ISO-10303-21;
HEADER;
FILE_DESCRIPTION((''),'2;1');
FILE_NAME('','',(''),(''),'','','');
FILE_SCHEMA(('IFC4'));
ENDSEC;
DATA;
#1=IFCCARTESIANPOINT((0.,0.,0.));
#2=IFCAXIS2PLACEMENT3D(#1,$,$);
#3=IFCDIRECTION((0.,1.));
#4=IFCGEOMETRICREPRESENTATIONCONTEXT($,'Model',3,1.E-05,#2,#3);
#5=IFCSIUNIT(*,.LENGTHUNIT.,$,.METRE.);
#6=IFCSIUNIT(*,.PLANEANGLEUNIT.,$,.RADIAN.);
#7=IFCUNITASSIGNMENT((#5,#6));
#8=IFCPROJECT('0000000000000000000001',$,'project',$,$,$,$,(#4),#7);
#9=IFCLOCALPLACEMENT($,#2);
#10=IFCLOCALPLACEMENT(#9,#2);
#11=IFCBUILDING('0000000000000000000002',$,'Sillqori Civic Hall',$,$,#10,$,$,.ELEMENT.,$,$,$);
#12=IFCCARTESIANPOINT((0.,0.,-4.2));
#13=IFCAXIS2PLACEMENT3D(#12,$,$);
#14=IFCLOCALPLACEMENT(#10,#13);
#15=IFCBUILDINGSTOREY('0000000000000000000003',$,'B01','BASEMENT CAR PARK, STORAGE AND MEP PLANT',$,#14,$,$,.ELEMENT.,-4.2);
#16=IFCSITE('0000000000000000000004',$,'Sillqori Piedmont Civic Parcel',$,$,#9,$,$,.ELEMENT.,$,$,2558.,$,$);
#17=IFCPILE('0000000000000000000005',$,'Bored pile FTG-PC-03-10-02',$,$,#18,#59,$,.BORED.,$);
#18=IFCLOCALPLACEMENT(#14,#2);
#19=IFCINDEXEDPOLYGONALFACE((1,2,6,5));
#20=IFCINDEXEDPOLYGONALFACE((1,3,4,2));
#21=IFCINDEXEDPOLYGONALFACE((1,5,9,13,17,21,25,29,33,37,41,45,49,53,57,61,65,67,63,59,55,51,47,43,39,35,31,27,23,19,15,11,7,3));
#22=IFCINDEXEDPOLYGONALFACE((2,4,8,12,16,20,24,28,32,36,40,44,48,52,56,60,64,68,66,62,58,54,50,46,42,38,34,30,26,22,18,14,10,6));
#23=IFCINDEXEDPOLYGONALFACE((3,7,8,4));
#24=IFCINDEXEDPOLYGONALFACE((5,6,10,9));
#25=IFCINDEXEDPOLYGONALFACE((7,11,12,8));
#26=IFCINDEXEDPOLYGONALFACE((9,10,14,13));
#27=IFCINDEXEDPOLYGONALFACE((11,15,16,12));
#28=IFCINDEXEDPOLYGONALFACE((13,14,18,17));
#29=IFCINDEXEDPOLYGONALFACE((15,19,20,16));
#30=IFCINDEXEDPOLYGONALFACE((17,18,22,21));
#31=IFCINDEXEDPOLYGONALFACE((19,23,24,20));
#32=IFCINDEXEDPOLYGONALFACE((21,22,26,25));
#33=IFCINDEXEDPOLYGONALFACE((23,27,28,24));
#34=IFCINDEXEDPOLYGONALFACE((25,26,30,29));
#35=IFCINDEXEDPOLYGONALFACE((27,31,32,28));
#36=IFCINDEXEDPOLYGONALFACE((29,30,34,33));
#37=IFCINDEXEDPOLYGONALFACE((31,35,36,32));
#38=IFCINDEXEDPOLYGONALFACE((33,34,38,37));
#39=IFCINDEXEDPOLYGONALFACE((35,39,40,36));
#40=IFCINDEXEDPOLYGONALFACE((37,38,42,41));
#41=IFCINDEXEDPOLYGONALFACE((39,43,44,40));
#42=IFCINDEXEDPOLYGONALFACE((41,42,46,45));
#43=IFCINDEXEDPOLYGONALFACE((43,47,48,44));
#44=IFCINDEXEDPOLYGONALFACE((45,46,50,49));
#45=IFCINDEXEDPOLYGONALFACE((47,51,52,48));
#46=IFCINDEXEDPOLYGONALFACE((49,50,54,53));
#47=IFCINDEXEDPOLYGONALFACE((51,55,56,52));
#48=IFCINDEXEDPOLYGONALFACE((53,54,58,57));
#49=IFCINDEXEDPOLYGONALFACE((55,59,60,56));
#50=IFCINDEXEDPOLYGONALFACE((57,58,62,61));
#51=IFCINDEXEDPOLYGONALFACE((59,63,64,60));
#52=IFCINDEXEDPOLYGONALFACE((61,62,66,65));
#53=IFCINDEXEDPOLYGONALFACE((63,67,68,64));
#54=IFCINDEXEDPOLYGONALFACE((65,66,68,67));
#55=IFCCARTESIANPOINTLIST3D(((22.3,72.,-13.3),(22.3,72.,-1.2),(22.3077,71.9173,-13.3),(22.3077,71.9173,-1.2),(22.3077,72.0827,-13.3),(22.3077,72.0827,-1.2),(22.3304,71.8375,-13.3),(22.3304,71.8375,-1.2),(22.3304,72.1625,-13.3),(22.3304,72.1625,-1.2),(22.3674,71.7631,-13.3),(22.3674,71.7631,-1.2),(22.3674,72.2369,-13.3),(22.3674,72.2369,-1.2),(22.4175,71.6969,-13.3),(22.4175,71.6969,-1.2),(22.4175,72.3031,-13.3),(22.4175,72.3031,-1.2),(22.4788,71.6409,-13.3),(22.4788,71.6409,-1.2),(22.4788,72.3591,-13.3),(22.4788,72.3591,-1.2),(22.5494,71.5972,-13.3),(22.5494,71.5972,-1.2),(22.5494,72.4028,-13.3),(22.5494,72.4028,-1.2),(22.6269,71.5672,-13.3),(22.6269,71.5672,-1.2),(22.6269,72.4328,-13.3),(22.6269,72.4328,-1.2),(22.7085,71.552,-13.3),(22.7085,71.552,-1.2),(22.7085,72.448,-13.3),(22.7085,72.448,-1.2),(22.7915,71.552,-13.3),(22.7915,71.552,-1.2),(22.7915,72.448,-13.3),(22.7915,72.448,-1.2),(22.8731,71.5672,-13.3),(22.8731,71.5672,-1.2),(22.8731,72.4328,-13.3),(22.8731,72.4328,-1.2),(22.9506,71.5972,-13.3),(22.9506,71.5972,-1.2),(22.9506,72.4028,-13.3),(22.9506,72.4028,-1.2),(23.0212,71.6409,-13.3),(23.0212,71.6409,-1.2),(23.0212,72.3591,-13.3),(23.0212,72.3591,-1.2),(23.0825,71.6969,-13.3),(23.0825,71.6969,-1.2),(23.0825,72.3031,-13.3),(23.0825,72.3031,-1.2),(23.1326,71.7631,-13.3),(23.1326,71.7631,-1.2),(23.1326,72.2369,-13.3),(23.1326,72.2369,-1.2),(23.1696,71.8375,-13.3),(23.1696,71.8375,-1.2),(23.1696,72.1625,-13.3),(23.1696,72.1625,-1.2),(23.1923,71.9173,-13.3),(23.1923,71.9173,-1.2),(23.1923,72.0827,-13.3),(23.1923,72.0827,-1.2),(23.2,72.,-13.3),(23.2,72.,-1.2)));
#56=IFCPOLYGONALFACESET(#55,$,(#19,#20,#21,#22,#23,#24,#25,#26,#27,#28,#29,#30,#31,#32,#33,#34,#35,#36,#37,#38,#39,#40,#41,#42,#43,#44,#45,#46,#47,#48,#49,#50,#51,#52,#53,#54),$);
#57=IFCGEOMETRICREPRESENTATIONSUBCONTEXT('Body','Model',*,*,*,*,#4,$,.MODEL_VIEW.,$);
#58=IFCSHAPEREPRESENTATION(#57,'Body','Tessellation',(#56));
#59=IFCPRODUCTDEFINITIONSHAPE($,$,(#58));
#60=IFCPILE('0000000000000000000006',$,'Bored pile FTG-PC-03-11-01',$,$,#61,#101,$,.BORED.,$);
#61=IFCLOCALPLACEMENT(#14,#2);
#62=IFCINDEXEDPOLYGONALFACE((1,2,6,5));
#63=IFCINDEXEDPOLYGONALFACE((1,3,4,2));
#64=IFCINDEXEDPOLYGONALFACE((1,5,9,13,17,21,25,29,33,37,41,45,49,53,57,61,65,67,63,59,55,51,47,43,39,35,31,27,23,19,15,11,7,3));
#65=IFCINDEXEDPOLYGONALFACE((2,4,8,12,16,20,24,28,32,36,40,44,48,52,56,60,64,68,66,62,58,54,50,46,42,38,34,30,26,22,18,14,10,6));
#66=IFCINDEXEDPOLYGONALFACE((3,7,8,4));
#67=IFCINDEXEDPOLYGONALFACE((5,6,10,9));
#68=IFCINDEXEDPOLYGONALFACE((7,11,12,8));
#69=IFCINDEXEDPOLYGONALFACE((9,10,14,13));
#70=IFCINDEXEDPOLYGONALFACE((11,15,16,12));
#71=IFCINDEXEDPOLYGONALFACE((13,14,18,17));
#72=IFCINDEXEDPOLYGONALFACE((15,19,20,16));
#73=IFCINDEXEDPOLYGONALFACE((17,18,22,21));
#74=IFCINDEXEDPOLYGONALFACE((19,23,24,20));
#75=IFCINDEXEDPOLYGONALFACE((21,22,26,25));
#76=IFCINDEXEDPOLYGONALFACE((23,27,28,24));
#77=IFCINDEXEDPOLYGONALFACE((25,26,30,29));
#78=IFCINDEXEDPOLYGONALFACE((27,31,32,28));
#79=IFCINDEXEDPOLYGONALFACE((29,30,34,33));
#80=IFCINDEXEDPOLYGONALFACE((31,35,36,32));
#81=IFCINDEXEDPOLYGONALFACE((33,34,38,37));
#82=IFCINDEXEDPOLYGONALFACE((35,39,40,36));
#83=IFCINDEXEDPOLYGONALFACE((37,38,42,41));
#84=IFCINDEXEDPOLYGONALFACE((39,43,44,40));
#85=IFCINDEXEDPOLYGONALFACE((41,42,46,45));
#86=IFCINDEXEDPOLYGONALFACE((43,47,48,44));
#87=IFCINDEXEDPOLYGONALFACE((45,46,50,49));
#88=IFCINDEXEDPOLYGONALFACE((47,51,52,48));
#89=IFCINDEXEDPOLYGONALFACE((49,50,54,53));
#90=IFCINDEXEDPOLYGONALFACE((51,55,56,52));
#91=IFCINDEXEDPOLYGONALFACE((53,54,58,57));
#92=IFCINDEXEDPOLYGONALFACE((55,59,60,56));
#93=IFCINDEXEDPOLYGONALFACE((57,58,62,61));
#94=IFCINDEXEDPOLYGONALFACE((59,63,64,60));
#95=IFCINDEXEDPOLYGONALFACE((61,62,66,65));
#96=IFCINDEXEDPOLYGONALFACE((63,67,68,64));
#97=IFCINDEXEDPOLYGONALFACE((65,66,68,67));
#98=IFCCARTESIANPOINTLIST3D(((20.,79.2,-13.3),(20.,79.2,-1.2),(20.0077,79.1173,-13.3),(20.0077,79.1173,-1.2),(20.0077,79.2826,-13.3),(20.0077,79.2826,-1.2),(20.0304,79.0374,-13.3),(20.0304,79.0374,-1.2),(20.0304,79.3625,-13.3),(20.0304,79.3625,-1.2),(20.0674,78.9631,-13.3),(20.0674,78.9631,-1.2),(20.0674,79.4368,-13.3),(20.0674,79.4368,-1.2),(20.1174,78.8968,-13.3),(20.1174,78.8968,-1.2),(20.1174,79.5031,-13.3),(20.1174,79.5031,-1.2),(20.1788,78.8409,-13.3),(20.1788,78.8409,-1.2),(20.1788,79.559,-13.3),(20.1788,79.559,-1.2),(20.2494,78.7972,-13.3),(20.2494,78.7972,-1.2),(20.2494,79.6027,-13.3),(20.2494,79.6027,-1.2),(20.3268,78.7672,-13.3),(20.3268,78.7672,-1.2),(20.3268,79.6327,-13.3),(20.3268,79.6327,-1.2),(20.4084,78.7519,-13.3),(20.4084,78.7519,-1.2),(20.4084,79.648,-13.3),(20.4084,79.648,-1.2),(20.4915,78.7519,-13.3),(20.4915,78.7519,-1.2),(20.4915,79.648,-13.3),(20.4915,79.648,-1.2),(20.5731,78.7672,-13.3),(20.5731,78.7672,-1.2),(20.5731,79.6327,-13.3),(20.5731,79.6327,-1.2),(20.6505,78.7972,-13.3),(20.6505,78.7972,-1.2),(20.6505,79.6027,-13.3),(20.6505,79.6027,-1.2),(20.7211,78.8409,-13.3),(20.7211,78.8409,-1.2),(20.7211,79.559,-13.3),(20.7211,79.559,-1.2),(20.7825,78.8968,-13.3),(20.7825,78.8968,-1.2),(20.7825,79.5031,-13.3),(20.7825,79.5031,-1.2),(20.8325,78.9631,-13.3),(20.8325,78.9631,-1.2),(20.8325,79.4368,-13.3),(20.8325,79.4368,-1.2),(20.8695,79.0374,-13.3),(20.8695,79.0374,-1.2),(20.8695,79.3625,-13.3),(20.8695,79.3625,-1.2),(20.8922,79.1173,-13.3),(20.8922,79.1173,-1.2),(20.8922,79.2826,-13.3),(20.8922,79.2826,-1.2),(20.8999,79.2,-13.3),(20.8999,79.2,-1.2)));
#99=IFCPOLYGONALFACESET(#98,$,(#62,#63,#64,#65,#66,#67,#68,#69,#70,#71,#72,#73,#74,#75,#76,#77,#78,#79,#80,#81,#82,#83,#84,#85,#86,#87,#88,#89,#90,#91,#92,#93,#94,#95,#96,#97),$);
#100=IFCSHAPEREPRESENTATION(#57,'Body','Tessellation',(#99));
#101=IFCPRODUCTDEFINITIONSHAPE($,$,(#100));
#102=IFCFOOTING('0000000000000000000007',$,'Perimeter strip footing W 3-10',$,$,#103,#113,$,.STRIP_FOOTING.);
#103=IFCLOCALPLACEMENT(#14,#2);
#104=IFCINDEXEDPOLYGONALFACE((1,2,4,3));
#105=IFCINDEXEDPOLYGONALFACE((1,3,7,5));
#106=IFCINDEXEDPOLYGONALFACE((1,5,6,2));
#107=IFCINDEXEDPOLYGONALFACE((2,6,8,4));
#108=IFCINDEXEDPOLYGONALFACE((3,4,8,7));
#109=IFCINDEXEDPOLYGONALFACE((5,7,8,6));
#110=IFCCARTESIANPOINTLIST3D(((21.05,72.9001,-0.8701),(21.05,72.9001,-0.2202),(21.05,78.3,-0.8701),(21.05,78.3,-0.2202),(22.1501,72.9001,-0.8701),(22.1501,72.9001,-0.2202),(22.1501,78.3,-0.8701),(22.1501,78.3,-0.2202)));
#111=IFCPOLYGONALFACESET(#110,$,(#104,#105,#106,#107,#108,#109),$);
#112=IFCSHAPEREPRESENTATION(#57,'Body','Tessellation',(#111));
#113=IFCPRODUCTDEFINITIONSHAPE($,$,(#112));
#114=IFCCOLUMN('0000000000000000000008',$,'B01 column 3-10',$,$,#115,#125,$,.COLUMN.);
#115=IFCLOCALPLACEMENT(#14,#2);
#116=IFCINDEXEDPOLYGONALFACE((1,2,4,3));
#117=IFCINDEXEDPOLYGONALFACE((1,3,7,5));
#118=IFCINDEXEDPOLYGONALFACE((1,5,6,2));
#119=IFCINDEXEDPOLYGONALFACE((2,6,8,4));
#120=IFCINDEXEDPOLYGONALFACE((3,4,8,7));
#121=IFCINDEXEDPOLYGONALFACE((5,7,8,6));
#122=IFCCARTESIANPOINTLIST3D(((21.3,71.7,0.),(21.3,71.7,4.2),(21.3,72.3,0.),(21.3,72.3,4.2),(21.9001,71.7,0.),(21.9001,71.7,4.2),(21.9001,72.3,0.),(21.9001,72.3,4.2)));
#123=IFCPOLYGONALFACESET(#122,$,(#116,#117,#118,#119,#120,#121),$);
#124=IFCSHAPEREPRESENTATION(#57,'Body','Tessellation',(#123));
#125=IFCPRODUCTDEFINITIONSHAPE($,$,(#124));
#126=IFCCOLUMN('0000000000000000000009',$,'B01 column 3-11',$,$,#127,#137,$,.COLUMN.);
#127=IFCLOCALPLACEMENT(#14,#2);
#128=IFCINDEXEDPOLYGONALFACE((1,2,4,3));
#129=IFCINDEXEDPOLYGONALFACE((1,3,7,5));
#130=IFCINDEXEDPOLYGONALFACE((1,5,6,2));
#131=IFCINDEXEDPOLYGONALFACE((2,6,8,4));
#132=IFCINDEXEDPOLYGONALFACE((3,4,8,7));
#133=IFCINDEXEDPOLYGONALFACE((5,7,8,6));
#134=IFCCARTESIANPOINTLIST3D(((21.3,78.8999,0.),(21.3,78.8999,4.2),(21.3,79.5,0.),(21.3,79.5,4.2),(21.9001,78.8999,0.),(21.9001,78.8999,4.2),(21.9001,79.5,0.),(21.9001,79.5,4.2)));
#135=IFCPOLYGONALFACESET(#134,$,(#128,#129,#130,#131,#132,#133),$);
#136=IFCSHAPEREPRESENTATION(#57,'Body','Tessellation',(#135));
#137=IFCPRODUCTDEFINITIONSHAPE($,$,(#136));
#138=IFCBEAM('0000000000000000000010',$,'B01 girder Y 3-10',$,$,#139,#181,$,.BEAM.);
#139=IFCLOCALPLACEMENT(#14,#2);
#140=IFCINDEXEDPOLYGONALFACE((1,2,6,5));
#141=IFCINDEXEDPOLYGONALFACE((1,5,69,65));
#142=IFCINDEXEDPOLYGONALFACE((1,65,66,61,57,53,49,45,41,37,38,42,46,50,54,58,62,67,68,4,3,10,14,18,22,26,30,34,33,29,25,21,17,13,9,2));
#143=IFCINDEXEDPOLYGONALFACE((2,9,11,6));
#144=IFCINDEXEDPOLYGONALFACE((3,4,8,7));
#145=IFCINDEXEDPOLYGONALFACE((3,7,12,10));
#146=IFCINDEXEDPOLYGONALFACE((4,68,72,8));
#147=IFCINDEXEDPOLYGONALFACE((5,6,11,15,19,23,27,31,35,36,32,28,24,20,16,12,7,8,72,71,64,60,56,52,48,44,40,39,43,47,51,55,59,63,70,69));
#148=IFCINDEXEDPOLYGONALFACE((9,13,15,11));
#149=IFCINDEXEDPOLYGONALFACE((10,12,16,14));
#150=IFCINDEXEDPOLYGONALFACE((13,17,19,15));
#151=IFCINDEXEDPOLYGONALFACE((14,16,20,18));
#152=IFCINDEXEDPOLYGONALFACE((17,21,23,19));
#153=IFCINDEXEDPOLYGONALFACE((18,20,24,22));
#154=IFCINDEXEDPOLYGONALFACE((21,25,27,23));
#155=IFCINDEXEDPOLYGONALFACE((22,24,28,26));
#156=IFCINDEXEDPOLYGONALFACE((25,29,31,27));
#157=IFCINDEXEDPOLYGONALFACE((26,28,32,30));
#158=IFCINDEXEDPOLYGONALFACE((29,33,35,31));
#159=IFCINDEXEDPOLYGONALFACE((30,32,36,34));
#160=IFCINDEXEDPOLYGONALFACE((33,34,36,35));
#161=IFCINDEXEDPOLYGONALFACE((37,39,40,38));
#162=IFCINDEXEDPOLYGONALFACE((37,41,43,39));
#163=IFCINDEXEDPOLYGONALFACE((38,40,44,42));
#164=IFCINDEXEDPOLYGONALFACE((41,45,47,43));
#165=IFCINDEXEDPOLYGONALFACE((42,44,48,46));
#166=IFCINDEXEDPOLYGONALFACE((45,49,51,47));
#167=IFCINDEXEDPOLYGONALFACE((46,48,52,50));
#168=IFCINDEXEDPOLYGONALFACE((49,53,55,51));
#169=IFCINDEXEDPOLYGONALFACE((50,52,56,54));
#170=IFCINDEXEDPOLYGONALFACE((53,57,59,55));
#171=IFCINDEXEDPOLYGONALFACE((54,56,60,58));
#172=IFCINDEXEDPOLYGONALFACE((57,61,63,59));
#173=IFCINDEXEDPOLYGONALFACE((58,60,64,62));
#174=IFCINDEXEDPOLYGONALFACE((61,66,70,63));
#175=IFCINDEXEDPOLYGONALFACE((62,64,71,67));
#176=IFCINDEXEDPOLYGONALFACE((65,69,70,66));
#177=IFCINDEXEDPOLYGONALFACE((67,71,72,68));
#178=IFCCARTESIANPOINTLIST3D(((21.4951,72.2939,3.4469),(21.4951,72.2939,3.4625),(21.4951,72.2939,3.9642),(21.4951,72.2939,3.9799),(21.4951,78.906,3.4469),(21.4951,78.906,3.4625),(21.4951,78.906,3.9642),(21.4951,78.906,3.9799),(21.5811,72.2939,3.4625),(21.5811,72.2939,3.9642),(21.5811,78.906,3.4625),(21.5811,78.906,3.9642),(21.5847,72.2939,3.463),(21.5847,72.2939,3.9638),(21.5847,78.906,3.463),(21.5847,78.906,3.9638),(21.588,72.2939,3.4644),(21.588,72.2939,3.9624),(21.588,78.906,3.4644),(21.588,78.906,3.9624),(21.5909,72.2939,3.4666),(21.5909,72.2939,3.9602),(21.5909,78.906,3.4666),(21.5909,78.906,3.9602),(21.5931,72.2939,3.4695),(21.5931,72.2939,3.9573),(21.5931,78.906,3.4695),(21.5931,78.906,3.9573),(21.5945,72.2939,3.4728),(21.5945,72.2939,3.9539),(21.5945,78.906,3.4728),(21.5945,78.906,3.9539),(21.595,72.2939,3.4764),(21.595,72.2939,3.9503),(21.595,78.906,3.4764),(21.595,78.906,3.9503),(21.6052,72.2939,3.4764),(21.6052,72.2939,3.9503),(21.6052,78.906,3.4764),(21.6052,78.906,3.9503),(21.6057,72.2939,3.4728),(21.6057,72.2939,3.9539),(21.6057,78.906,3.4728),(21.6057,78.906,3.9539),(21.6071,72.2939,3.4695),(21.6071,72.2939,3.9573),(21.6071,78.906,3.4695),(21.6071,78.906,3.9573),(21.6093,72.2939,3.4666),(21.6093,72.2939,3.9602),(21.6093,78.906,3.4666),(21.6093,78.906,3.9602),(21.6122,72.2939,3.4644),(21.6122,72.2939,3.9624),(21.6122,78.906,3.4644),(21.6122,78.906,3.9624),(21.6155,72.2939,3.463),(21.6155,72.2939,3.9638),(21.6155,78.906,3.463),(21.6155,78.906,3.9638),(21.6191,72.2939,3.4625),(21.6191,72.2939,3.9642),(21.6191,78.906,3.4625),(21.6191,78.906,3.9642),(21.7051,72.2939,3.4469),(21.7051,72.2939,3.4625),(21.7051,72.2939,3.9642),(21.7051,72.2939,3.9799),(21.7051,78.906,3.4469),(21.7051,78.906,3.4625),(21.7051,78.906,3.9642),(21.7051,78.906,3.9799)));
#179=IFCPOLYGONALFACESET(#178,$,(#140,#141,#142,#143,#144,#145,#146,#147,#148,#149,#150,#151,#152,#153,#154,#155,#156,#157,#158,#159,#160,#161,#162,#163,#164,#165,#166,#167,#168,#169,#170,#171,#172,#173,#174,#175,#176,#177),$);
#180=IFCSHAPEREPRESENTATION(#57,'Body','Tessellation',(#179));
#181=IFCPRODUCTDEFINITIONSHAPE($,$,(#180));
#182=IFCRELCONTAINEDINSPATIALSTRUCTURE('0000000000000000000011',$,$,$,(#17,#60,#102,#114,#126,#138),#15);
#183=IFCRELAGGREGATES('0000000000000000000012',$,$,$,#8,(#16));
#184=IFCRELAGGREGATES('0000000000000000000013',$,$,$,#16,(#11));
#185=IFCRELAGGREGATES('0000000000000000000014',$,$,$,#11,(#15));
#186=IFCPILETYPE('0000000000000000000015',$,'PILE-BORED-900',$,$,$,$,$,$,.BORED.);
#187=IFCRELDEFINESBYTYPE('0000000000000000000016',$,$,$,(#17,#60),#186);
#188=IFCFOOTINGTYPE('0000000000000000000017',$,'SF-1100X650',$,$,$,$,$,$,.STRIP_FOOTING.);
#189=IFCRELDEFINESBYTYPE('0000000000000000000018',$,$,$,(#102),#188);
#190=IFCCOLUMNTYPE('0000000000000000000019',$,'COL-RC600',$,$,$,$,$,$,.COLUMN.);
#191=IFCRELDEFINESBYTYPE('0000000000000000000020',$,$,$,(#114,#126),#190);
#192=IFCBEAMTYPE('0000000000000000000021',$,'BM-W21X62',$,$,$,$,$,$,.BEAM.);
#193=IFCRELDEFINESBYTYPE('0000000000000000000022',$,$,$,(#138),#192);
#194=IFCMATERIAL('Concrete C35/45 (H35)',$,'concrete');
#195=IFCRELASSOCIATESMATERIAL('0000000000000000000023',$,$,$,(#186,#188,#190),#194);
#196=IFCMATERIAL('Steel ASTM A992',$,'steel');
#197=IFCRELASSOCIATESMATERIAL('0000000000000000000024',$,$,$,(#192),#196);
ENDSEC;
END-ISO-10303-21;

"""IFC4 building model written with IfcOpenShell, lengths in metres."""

from ifc_helpers import new_model, si_unit, direction, frame, origin, origin_2d, place, context, subcontext, project, spatial, rectangle, circle, i_section, extrude, material, material_profile, profile_set, type_object, element, save


model = new_model("IFC4")

# Units and contexts
model_context = context("Model", 3, precision=1e-05, world=origin(), true_north=direction((0.0, 1.0)))
body_context = subcontext(model_context, "Body", "Model", "MODEL_VIEW")
ifc_project = project(units=[si_unit("LENGTHUNIT", "METRE"), si_unit("PLANEANGLEUNIT", "RADIAN")], contexts=[model_context])

# Site, building, storey
site_placement = place(None, origin())
site = spatial("IfcSite", under=ifc_project, at=site_placement, Name="Sillqori Piedmont Civic Parcel", CompositionType="ELEMENT", RefElevation=2558.0)
building_placement = place(site_placement, origin())
building = spatial("IfcBuilding", under=site, at=building_placement, Name="Sillqori Civic Hall", CompositionType="ELEMENT")
storey_placement = place(building_placement, frame((0.0, 0.0, -4.2)))
storey = spatial("IfcBuildingStorey", under=building, at=storey_placement, Name="B01", Description="BASEMENT CAR PARK, STORAGE AND MEP PLANT", CompositionType="ELEMENT", Elevation=-4.2)

# Shared definitions
ifc_material_1 = material(Name="Concrete C35/45 (H35)", Category="concrete")

# Piles
ifc_material_profile_1 = material_profile(ifc_material_1, circle(Radius=0.45, at=origin_2d()), Name="BORED PILE 900")
ifc_profile_set_1 = profile_set([ifc_material_profile_1], Name="Concrete C35/45 (H35)")
pile_type = type_object("IfcPileType", Name="PILE-BORED-900", PredefinedType="BORED", material=ifc_profile_set_1)
for number, where, z_axis, x_axis, name in (
    (1, (22.75, 72.0, -1.2), (0.0, 0.0, -1.0), (1.0, 0.0, 0.0), "Bored pile FTG-PC-03-10-02"),
    (2, (20.45, 79.2, -1.2), (0.0, 0.0, -1.0), (1.0, 0.0, 0.0), "Bored pile FTG-PC-03-11-01"),
):
    element("IfcPile", number, at=place(storey_placement, frame(where, z_axis=z_axis, x_axis=x_axis)), inside=storey, type_object=pile_type, Name=name, PredefinedType="BORED", context=body_context, shape_type="SweptSolid", body=[
        extrude(circle(Radius=0.45, at=origin_2d()), origin(), (0.0, 0.0, 1.0), 12.1001),
    ])

# Footing
footing_type_1 = type_object("IfcFootingType", Name="SF-1100X650", PredefinedType="STRIP_FOOTING", material=ifc_material_1)
footing_placement = place(storey_placement, frame((21.6001, 75.6001, -0.8701), z_axis=(0.0, 0.0, 1.0), x_axis=(1.0, 0.0, 0.0)))
element("IfcFooting", 3, at=footing_placement, inside=storey, type_object=footing_type_1, Name="Perimeter strip footing W 3-10", PredefinedType="STRIP_FOOTING", context=body_context, shape_type="SweptSolid", body=[
    extrude(rectangle(XDim=1.1001, YDim=5.3999, at=origin_2d()), origin(), (0.0, 0.0, 1.0), 0.6499),
])

# Columns
ifc_material_profile_2 = material_profile(ifc_material_1, rectangle(XDim=0.6001, YDim=0.6001, at=origin_2d()), Name="RC 600x600")
ifc_profile_set_2 = profile_set([ifc_material_profile_2], Name="Concrete C35/45 (H35)")
column_type = type_object("IfcColumnType", Name="COL-RC600", PredefinedType="COLUMN", material=ifc_profile_set_2)
for number, where, z_axis, x_axis, name in (
    (4, (21.6001, 72.0, 0.0), (0.0, 0.0, 1.0), (1.0, 0.0, 0.0), "B01 column 3-10"),
    (5, (21.6001, 79.2, 0.0), (0.0, 0.0, 1.0), (1.0, 0.0, 0.0), "B01 column 3-11"),
):
    element("IfcColumn", number, at=place(storey_placement, frame(where, z_axis=z_axis, x_axis=x_axis)), inside=storey, type_object=column_type, Name=name, PredefinedType="COLUMN", context=body_context, shape_type="SweptSolid", body=[
        extrude(rectangle(XDim=0.6001, YDim=0.6001, at=origin_2d()), origin(), (0.0, 0.0, 1.0), 4.2),
    ])

# Beam
ifc_material_2 = material(Name="Steel ASTM A992", Category="steel")
ifc_material_profile_3 = material_profile(ifc_material_2, i_section(OverallWidth=0.21, OverallDepth=0.533, WebThickness=0.0103, FlangeThickness=0.0156, FilletRadius=0.0139, at=origin_2d()), Name="W21X62")
ifc_profile_set_3 = profile_set([ifc_material_profile_3], Name="Steel ASTM A992")
beam_type_1 = type_object("IfcBeamType", Name="BM-W21X62", PredefinedType="BEAM", material=ifc_profile_set_3)
beam_1_placement = place(storey_placement, frame((21.6001, 72.2939, 3.7134), z_axis=(0.0, 1.0, 0.0), x_axis=(-1.0, 0.0, 0.0)))
element("IfcBeam", 6, at=beam_1_placement, inside=storey, type_object=beam_type_1, Name="B01 girder Y 3-10", PredefinedType="BEAM", context=body_context, shape_type="SweptSolid", body=[
    extrude(i_section(OverallWidth=0.21, OverallDepth=0.533, WebThickness=0.0103, FlangeThickness=0.0156, FilletRadius=0.0139, at=origin_2d()), origin(), (0.0, 0.0, 1.0), 6.6121),
])

save(model, "model.ifc")
